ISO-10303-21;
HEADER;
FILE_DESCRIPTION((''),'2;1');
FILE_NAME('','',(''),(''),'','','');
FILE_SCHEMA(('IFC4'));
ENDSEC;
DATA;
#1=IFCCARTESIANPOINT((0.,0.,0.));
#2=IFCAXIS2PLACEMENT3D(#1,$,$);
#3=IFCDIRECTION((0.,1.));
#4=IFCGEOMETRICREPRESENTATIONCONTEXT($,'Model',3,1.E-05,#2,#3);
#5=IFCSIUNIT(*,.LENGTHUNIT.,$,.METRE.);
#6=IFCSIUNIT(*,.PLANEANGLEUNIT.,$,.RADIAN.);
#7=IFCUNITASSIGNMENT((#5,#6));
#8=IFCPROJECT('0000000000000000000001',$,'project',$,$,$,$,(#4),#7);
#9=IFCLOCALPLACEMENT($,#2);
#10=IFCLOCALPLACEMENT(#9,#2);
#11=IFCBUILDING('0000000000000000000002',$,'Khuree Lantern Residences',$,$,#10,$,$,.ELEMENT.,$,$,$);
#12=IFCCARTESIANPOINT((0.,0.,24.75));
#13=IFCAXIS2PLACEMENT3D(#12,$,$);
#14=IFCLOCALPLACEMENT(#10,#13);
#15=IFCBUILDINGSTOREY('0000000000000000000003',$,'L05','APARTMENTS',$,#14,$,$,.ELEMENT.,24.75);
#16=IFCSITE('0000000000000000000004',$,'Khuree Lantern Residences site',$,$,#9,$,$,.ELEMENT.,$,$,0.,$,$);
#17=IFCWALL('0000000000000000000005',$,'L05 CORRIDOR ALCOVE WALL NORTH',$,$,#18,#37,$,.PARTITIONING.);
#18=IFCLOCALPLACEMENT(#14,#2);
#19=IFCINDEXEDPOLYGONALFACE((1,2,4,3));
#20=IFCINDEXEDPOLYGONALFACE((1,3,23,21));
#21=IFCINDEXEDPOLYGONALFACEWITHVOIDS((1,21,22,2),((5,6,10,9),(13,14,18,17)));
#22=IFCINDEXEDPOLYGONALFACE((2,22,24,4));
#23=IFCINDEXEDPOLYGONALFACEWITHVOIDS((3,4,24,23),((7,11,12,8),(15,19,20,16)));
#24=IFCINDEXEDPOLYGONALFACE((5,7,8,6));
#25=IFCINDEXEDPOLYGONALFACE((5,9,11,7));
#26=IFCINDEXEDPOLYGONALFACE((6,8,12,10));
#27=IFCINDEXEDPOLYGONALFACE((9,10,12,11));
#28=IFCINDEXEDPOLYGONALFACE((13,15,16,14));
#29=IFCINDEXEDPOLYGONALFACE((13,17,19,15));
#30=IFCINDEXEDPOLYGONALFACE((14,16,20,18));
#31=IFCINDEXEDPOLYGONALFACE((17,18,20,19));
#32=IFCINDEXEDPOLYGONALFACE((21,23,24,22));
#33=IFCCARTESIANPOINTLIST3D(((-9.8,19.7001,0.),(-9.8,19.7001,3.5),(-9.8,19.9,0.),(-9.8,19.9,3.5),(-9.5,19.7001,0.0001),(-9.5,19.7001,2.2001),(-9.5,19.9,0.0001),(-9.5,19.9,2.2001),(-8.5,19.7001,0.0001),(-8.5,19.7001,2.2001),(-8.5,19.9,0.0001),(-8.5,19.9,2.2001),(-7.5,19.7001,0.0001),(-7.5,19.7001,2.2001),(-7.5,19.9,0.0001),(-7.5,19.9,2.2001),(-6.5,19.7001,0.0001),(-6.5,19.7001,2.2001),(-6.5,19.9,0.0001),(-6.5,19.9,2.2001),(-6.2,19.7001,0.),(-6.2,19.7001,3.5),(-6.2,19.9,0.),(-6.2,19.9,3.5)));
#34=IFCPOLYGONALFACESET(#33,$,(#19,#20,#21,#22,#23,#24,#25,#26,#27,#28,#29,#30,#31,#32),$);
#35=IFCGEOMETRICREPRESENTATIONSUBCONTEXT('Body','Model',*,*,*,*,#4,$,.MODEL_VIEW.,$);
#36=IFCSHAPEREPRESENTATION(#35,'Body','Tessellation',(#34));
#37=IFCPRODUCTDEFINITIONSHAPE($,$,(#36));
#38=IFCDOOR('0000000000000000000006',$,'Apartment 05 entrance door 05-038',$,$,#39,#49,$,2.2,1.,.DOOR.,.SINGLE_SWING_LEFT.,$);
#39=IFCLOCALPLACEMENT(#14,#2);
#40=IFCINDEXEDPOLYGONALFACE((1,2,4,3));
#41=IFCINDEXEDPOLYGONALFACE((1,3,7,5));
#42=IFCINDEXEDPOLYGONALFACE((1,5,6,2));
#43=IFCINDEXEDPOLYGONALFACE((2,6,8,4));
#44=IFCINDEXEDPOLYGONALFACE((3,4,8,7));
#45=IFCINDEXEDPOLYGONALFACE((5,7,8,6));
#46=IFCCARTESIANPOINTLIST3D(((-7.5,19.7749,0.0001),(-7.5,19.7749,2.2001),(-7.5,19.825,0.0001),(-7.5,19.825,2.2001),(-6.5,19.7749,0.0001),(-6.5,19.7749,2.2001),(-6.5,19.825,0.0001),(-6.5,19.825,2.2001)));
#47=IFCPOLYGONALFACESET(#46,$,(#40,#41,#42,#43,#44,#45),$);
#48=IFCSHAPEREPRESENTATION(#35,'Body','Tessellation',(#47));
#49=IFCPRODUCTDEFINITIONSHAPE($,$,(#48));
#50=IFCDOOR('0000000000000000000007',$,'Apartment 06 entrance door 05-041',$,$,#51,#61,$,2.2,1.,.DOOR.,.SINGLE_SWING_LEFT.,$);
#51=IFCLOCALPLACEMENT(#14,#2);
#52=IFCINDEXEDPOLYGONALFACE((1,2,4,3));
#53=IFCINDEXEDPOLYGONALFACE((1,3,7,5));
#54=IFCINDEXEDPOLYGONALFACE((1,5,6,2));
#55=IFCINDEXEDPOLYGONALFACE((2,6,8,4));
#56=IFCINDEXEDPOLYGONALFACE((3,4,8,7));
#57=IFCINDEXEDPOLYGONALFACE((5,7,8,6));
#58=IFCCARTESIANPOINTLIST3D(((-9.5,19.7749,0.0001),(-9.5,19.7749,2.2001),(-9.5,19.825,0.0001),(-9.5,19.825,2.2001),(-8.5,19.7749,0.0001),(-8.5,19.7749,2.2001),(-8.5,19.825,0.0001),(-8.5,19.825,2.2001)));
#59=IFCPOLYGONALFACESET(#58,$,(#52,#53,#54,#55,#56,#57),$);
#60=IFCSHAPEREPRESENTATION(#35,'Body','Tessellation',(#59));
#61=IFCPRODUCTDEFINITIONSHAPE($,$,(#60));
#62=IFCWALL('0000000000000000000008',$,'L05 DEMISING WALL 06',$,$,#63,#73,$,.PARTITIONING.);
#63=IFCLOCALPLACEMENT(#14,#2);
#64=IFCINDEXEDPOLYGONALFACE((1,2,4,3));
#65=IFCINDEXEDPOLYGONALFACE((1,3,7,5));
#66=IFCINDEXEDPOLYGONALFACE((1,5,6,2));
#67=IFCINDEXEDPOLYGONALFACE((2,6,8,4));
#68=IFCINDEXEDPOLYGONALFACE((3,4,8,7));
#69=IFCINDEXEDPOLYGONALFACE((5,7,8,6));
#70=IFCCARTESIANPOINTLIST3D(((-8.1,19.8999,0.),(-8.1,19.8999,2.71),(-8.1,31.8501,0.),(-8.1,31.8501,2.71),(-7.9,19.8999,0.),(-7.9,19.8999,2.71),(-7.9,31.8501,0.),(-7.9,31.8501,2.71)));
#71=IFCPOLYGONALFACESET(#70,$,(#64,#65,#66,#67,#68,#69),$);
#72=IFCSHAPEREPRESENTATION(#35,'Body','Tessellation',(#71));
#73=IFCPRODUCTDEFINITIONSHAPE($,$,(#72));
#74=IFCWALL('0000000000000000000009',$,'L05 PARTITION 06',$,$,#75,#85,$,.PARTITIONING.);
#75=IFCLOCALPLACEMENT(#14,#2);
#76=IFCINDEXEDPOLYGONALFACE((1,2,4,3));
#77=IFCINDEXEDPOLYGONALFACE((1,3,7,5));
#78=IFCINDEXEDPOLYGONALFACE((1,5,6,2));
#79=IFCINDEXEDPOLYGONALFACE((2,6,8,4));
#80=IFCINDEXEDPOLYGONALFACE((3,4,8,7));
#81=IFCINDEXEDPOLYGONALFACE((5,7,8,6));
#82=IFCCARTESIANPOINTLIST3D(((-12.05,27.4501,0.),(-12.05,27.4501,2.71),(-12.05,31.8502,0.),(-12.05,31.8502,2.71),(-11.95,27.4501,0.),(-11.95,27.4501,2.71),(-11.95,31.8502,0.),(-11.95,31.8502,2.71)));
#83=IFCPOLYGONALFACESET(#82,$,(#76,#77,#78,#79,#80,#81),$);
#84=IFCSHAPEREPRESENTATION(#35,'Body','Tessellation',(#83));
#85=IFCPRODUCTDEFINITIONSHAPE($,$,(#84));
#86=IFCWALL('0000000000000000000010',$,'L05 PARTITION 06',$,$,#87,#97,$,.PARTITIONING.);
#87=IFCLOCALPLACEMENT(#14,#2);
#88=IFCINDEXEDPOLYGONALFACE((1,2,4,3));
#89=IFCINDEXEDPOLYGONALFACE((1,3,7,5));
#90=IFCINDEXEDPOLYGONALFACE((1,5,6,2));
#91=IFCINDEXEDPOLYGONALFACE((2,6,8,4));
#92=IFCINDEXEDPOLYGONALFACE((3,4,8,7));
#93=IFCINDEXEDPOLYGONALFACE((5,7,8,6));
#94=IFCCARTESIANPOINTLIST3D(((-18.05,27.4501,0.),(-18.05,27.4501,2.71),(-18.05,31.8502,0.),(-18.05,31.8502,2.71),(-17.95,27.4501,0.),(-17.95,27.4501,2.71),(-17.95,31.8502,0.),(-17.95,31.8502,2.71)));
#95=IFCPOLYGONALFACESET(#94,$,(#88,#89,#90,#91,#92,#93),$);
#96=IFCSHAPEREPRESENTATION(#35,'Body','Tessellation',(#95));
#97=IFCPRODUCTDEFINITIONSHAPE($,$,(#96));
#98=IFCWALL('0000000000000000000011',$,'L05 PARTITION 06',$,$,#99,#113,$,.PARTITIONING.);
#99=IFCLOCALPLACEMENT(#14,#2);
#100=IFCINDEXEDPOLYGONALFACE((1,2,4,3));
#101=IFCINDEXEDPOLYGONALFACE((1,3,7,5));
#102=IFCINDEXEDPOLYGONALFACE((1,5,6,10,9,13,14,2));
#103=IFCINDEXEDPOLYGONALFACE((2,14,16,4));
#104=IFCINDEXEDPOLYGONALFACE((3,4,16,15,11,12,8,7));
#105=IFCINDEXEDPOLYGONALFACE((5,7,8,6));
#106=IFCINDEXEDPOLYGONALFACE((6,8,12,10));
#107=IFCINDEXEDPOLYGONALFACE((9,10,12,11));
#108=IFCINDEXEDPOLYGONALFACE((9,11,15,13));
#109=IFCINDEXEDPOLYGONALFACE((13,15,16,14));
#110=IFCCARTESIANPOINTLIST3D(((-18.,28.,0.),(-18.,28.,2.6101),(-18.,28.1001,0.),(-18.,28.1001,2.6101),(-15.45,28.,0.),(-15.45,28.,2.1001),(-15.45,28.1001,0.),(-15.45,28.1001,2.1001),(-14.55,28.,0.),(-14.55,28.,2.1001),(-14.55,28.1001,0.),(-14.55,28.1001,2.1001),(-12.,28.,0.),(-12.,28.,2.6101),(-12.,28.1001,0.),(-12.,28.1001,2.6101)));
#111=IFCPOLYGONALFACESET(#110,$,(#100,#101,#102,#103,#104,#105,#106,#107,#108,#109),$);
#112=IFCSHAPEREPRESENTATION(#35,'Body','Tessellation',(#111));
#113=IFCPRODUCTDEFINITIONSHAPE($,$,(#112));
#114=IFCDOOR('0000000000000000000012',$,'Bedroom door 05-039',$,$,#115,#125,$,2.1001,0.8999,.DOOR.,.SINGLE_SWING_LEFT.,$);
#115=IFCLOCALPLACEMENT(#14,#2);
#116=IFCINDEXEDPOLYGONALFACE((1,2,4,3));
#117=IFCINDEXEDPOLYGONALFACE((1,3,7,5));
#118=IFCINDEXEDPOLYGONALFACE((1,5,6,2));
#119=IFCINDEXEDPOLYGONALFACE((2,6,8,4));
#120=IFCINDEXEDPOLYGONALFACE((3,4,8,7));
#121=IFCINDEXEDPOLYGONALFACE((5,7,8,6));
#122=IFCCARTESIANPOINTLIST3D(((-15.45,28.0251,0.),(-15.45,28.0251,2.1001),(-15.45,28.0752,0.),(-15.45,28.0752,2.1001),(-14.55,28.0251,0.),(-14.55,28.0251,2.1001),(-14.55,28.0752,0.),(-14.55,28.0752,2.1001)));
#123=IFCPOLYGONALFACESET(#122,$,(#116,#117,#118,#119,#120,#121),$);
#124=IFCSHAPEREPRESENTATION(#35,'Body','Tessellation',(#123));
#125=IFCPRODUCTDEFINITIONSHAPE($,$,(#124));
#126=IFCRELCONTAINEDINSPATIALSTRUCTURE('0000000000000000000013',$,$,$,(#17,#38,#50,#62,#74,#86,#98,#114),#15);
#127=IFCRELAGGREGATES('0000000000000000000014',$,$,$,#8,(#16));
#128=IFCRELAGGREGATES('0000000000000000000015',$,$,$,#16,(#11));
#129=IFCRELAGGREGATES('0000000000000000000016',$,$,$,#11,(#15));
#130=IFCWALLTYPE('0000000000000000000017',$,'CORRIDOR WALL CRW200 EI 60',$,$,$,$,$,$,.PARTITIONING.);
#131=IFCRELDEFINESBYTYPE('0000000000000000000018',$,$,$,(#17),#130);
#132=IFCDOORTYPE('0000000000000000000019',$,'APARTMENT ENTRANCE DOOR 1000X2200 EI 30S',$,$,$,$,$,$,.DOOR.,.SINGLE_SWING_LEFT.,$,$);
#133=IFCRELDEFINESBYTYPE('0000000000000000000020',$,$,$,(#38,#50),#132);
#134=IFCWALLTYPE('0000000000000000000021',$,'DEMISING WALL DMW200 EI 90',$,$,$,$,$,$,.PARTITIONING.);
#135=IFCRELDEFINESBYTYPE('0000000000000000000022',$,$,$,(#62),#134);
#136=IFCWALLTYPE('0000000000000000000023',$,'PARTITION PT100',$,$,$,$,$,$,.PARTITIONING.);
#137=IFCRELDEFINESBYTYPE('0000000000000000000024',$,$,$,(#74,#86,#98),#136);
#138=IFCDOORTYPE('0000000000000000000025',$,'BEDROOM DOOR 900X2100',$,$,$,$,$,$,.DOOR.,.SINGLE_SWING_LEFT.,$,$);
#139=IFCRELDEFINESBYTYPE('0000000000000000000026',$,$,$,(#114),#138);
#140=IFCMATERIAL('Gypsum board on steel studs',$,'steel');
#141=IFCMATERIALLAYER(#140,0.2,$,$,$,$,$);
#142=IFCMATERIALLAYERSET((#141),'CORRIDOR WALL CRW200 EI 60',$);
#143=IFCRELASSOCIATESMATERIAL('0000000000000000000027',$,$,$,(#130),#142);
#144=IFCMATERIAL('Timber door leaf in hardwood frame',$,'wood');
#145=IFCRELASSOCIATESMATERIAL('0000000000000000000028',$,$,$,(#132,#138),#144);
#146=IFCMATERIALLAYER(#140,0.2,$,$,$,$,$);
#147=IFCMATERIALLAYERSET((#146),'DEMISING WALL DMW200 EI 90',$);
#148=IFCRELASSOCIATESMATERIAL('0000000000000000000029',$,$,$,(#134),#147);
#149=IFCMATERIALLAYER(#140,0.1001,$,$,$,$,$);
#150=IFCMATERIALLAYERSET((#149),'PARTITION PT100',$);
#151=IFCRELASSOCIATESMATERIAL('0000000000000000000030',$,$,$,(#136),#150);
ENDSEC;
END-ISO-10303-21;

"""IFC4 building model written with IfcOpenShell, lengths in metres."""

from ifc_helpers import new_model, si_unit, direction, frame, frame_2d, origin, place, context, subcontext, project, spatial, rectangle, extrude, material, layer, layer_set, type_object, element, fill, save


model = new_model("IFC4")

# Units and contexts
model_context = context("Model", 3, precision=1e-05, world=origin(), true_north=direction((0.0, 1.0)))
body_context = subcontext(model_context, "Body", "Model", "MODEL_VIEW")
ifc_project = project(units=[si_unit("LENGTHUNIT", "METRE"), si_unit("PLANEANGLEUNIT", "RADIAN")], contexts=[model_context])

# Site, building, storey
site_placement = place(None, origin())
site = spatial("IfcSite", under=ifc_project, at=site_placement, Name="Khuree Lantern Residences site", CompositionType="ELEMENT", RefElevation=0.0)
building_placement = place(site_placement, origin())
building = spatial("IfcBuilding", under=site, at=building_placement, Name="Khuree Lantern Residences", CompositionType="ELEMENT")
storey_placement = place(building_placement, frame((0.0, 0.0, 24.75)))
storey = spatial("IfcBuildingStorey", under=building, at=storey_placement, Name="L05", Description="APARTMENTS", CompositionType="ELEMENT", Elevation=24.75)

# Shared definitions
ifc_material_1 = material(Name="Timber door leaf in hardwood frame", Category="wood")

# Wall, openings, doors
ifc_material_2 = material(Name="Gypsum board on steel studs", Category="steel")
ifc_layer_1 = layer(ifc_material_2, 0.2)
ifc_layer_set_1 = layer_set([ifc_layer_1], Name="CORRIDOR WALL CRW200 EI 60")
wall_type_1 = type_object("IfcWallType", Name="CORRIDOR WALL CRW200 EI 60", PredefinedType="PARTITIONING", material=ifc_layer_set_1)
wall_1_placement = place(storey_placement, frame((-9.8, 19.8, 0.0), z_axis=(0.0, 0.0, 1.0), x_axis=(1.0, 0.0, 0.0)))
wall_1 = element("IfcWall", 1, at=wall_1_placement, inside=storey, type_object=wall_type_1, Name="L05 CORRIDOR ALCOVE WALL NORTH", PredefinedType="PARTITIONING", context=body_context, shape_type="SweptSolid", body=[
    extrude(rectangle(XDim=3.6001, YDim=0.2, at=frame_2d((1.8, 0.0))), origin(), (0.0, 0.0, 1.0), 3.5),
])
opening_1_placement = place(wall_1_placement, frame((2.3, 0.0, 0.0)))
opening_1 = element("IfcOpeningElement", 2, at=opening_1_placement, cuts=wall_1, PredefinedType="OPENING", context=body_context, shape_type="SweptSolid", body=[
    extrude(rectangle(XDim=1.0, YDim=2.2, at=frame_2d((0.5, 1.1001))), frame((0.0, 0.1099, 0.0), z_axis=(0.0, -1.0, 0.0), x_axis=(1.0, 0.0, 0.0)), (0.0, 0.0, 1.0), 0.22),
])
opening_2_placement = place(wall_1_placement, frame((0.3, 0.0, 0.0)))
opening_2 = element("IfcOpeningElement", 3, at=opening_2_placement, cuts=wall_1, PredefinedType="OPENING", context=body_context, shape_type="SweptSolid", body=[
    extrude(rectangle(XDim=1.0, YDim=2.2, at=frame_2d((0.5, 1.1001))), frame((0.0, 0.1099, 0.0), z_axis=(0.0, -1.0, 0.0), x_axis=(1.0, 0.0, 0.0)), (0.0, 0.0, 1.0), 0.22),
])
door_type_1 = type_object("IfcDoorType", Name="APARTMENT ENTRANCE DOOR 1000X2200 EI 30S", OperationType="SINGLE_SWING_LEFT", PredefinedType="DOOR", material=ifc_material_1)
door_1_placement = place(opening_1_placement, origin())
door_1 = element("IfcDoor", 4, at=door_1_placement, inside=storey, type_object=door_type_1, Name="Apartment 05 entrance door 05-038", OperationType="SINGLE_SWING_LEFT", OverallHeight=2.2, OverallWidth=1.0, PredefinedType="DOOR", context=body_context, shape_type="SweptSolid", body=[
    extrude(rectangle(XDim=1.0, YDim=2.2, at=frame_2d((0.5, 1.1001))), frame((0.0, 0.0249, 0.0), z_axis=(0.0, -1.0, 0.0), x_axis=(1.0, 0.0, 0.0)), (0.0, 0.0, 1.0), 0.05),
])
fill(opening_1, door_1)
door_2_placement = place(opening_2_placement, origin())
door_2 = element("IfcDoor", 5, at=door_2_placement, inside=storey, type_object=door_type_1, Name="Apartment 06 entrance door 05-041", OperationType="SINGLE_SWING_LEFT", OverallHeight=2.2, OverallWidth=1.0, PredefinedType="DOOR", context=body_context, shape_type="SweptSolid", body=[
    extrude(rectangle(XDim=1.0, YDim=2.2, at=frame_2d((0.5, 1.1001))), frame((0.0, 0.0249, 0.0), z_axis=(0.0, -1.0, 0.0), x_axis=(1.0, 0.0, 0.0)), (0.0, 0.0, 1.0), 0.05),
])
fill(opening_2, door_2)

# Walls
ifc_layer_2 = layer(ifc_material_2, 0.2)
ifc_layer_set_2 = layer_set([ifc_layer_2], Name="DEMISING WALL DMW200 EI 90")
wall_type_2 = type_object("IfcWallType", Name="DEMISING WALL DMW200 EI 90", PredefinedType="PARTITIONING", material=ifc_layer_set_2)
wall_2_placement = place(storey_placement, frame((-8.0, 19.8999, 0.0), z_axis=(0.0, 0.0, 1.0), x_axis=(0.0, 1.0, 0.0)))
element("IfcWall", 6, at=wall_2_placement, inside=storey, type_object=wall_type_2, Name="L05 DEMISING WALL 06", PredefinedType="PARTITIONING", context=body_context, shape_type="SweptSolid", body=[
    extrude(rectangle(XDim=11.9502, YDim=0.2, at=frame_2d((5.9751, 0.0))), origin(), (0.0, 0.0, 1.0), 2.71),
])
ifc_layer_3 = layer(ifc_material_2, 0.1001)
ifc_layer_set_3 = layer_set([ifc_layer_3], Name="PARTITION PT100")
wall_type_3 = type_object("IfcWallType", Name="PARTITION PT100", PredefinedType="PARTITIONING", material=ifc_layer_set_3)
for number, where, z_axis, x_axis, name in (
    (7, (-12.0, 27.45, 0.0), (0.0, 0.0, 1.0), (0.0, 1.0, 0.0), "L05 PARTITION 06"),
    (8, (-18.0, 27.45, 0.0), (0.0, 0.0, 1.0), (0.0, 1.0, 0.0), "L05 PARTITION 06"),
):
    element("IfcWall", number, at=place(storey_placement, frame(where, z_axis=z_axis, x_axis=x_axis)), inside=storey, type_object=wall_type_3, Name=name, PredefinedType="PARTITIONING", context=body_context, shape_type="SweptSolid", body=[
        extrude(rectangle(XDim=4.4001, YDim=0.1001, at=frame_2d((2.2002, 0.0))), origin(), (0.0, 0.0, 1.0), 2.71),
    ])

# Wall, opening, door
wall_3_placement = place(storey_placement, frame((-12.0, 28.05, 0.0), z_axis=(0.0, 0.0, 1.0), x_axis=(-1.0, 0.0, 0.0)))
wall_3 = element("IfcWall", 9, at=wall_3_placement, inside=storey, type_object=wall_type_3, Name="L05 PARTITION 06", PredefinedType="PARTITIONING", context=body_context, shape_type="SweptSolid", body=[
    extrude(rectangle(XDim=6.0, YDim=0.1001, at=frame_2d((3.0, 0.0))), origin(), (0.0, 0.0, 1.0), 2.6101),
])
opening_3_placement = place(wall_3_placement, frame((2.55, 0.0, 0.0)))
opening_3 = element("IfcOpeningElement", 10, at=opening_3_placement, cuts=wall_3, PredefinedType="OPENING", context=body_context, shape_type="SweptSolid", body=[
    extrude(rectangle(XDim=0.8999, YDim=2.1001, at=frame_2d((0.45, 1.05))), frame((0.0, 0.0601, 0.0), z_axis=(0.0, -1.0, 0.0), x_axis=(1.0, 0.0, 0.0)), (0.0, 0.0, 1.0), 0.1201),
])
door_type_2 = type_object("IfcDoorType", Name="BEDROOM DOOR 900X2100", OperationType="SINGLE_SWING_LEFT", PredefinedType="DOOR", material=ifc_material_1)
door_3_placement = place(opening_3_placement, origin())
door_3 = element("IfcDoor", 11, at=door_3_placement, inside=storey, type_object=door_type_2, Name="Bedroom door 05-039", OperationType="SINGLE_SWING_LEFT", OverallHeight=2.1001, OverallWidth=0.8999, PredefinedType="DOOR", context=body_context, shape_type="SweptSolid", body=[
    extrude(rectangle(XDim=0.8999, YDim=2.1001, at=frame_2d((0.45, 1.05))), frame((0.0, 0.0249, 0.0), z_axis=(0.0, -1.0, 0.0), x_axis=(1.0, 0.0, 0.0)), (0.0, 0.0, 1.0), 0.05),
])
fill(opening_3, door_3)

save(model, "model.ifc")
